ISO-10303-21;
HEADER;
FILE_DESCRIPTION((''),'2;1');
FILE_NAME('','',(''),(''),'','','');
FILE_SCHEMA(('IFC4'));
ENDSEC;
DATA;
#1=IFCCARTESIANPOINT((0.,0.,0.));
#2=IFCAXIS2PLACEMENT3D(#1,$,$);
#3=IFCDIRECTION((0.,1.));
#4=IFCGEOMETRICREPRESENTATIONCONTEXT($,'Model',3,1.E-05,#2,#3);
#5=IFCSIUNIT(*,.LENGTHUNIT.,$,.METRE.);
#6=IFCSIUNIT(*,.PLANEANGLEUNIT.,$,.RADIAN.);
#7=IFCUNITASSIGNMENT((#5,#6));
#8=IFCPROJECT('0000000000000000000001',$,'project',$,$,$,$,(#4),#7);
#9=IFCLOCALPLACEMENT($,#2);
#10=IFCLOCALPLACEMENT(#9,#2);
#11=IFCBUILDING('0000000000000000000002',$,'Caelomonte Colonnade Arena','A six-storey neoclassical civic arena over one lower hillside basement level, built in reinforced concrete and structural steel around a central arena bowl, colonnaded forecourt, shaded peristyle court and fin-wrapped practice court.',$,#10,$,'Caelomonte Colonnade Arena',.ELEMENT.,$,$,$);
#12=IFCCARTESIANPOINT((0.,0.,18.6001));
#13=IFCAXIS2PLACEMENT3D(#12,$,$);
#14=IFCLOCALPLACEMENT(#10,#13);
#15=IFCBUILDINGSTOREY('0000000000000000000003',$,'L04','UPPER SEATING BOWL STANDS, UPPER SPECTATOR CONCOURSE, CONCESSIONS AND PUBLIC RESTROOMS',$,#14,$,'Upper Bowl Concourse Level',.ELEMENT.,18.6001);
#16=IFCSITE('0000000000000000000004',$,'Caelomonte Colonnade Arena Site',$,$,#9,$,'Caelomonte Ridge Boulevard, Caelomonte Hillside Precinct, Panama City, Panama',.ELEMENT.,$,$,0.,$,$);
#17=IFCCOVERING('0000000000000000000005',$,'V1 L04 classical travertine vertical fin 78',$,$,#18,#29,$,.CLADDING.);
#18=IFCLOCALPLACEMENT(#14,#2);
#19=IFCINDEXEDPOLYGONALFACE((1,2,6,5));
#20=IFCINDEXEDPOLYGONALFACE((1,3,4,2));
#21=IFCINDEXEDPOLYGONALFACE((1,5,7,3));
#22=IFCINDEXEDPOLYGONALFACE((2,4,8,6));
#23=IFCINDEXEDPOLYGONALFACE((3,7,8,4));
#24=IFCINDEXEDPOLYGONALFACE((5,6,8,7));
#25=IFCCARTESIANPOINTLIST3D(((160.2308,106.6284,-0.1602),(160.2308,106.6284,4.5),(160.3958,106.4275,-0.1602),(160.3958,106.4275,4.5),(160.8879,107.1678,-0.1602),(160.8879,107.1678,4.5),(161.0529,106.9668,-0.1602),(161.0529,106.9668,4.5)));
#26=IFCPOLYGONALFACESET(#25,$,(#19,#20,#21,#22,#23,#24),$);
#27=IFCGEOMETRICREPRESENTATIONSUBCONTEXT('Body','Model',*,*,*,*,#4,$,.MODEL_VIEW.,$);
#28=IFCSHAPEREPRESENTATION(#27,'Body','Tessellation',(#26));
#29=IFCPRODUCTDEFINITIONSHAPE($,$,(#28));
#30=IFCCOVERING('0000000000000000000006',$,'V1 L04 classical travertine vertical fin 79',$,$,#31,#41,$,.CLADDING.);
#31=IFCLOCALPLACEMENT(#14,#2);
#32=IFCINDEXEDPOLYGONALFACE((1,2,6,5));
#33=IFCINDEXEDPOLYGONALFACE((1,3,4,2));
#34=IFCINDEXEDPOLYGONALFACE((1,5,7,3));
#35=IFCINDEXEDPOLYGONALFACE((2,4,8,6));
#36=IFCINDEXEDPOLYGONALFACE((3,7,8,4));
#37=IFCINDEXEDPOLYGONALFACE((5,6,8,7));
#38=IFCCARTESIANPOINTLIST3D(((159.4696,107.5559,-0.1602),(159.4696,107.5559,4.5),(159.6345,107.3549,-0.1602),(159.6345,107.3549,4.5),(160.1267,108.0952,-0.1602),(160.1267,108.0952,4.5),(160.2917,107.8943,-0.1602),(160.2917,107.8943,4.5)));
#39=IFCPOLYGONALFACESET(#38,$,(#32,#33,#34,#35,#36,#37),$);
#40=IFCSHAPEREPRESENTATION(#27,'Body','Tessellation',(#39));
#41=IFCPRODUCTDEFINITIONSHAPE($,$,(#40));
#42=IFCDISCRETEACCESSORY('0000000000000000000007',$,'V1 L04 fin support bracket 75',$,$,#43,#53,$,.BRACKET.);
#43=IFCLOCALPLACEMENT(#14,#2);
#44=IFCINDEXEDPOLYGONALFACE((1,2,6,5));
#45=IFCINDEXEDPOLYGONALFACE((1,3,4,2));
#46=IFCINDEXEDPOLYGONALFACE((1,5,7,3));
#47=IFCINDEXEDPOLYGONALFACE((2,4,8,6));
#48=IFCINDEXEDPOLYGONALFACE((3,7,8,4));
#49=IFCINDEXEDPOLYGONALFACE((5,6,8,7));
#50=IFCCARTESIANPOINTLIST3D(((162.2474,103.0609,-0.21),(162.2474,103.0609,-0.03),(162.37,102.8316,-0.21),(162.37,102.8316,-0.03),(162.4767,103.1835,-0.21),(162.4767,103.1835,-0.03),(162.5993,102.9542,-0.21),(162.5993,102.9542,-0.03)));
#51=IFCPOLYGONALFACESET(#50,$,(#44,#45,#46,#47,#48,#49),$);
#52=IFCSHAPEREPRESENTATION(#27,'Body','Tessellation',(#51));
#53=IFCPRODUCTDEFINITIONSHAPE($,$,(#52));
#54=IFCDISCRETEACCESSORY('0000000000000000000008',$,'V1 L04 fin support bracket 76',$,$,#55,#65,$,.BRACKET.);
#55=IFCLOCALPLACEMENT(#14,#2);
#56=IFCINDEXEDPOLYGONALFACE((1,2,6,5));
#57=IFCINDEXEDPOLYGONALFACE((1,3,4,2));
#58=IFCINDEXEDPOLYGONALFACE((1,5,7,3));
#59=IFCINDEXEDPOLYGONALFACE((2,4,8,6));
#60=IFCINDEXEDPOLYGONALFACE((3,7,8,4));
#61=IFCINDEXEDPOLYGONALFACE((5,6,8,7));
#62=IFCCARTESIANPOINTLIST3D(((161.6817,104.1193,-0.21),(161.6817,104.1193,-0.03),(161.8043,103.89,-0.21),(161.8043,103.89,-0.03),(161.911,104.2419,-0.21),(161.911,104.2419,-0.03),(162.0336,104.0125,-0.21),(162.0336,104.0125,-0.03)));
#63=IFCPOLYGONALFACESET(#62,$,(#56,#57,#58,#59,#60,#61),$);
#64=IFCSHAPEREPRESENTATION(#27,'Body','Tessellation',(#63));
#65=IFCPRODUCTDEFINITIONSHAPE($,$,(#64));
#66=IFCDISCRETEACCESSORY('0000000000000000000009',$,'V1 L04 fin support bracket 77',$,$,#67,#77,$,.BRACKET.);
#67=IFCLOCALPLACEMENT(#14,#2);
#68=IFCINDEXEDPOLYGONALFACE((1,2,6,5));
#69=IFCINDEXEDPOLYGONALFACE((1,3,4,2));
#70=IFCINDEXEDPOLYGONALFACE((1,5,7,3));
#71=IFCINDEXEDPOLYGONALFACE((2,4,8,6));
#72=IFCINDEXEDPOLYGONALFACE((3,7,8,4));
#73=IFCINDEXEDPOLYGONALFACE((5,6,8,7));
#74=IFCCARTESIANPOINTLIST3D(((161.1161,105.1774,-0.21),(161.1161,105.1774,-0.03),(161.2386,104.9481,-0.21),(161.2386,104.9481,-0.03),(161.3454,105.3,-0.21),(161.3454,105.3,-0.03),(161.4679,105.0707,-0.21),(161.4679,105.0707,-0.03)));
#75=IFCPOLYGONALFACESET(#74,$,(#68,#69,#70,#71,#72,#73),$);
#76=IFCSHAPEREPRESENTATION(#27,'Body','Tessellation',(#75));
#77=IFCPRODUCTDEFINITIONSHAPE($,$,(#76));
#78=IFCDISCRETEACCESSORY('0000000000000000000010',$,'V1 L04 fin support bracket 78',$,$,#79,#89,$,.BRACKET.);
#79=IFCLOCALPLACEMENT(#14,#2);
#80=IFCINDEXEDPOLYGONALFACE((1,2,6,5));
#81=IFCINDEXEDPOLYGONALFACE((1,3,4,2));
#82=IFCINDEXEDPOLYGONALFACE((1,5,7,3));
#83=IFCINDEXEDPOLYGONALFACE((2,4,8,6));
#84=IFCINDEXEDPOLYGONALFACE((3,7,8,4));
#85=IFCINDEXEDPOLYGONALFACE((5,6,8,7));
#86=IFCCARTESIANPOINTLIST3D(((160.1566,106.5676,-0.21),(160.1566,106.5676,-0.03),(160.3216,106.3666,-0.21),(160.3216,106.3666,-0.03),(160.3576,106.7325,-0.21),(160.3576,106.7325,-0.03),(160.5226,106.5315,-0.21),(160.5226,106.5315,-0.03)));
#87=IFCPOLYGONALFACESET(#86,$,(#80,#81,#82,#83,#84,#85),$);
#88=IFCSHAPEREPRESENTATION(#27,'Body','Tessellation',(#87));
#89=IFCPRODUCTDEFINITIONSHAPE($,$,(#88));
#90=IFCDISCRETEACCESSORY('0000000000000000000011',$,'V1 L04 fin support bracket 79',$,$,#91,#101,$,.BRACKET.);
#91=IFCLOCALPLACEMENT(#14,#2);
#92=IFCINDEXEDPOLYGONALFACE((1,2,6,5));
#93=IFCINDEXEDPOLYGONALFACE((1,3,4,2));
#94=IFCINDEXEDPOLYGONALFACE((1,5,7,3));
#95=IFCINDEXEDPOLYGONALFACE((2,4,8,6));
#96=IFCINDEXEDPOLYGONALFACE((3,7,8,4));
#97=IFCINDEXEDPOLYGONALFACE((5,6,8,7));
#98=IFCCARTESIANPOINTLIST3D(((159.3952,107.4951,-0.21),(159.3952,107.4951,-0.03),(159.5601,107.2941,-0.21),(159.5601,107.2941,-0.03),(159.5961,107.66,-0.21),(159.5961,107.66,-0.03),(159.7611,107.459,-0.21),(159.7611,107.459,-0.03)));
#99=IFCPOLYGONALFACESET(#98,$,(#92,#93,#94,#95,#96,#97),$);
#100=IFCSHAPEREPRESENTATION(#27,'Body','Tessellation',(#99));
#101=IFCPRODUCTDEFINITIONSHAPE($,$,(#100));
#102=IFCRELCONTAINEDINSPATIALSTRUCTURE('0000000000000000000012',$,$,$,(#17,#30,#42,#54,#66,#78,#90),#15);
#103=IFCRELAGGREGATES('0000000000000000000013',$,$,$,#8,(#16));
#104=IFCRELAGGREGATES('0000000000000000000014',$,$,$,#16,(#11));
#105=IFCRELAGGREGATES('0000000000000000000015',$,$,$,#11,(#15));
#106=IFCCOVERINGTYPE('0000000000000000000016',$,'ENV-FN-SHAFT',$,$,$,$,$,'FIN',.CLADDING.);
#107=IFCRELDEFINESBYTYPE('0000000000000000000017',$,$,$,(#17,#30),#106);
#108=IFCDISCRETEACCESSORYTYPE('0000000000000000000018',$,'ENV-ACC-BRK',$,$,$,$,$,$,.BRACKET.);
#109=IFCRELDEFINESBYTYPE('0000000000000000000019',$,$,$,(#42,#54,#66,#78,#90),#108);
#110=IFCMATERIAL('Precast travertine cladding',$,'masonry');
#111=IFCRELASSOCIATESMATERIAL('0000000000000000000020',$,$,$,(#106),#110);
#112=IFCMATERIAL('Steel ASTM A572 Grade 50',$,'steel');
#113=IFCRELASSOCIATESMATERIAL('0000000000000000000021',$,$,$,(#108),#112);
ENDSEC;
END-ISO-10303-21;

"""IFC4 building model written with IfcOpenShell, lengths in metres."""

from ifc_helpers import new_model, si_unit, direction, frame, origin, origin_2d, place, context, subcontext, project, spatial, rectangle, extrude, material, material_profile, profile_set, type_object, element, save


model = new_model("IFC4")

# Units and contexts
model_context = context("Model", 3, precision=1e-05, world=origin(), true_north=direction((0.0, 1.0)))
body_context = subcontext(model_context, "Body", "Model", "MODEL_VIEW")
ifc_project = project(units=[si_unit("LENGTHUNIT", "METRE"), si_unit("PLANEANGLEUNIT", "RADIAN")], contexts=[model_context])

# Site, building, storey
site_placement = place(None, origin())
site = spatial("IfcSite", under=ifc_project, at=site_placement, Name="Caelomonte Colonnade Arena Site", LongName="Caelomonte Ridge Boulevard, Caelomonte Hillside Precinct, Panama City, Panama", CompositionType="ELEMENT", RefElevation=0.0)
building_placement = place(site_placement, origin())
building = spatial("IfcBuilding", under=site, at=building_placement, Name="Caelomonte Colonnade Arena", Description="A six-storey neoclassical civic arena over one lower hillside basement level, built in reinforced concrete and structural steel around a central arena bowl, colonnaded forecourt, shaded peristyle court and fin-wrapped practice court.", LongName="Caelomonte Colonnade Arena", CompositionType="ELEMENT")
storey_placement = place(building_placement, frame((0.0, 0.0, 18.6001)))
storey = spatial("IfcBuildingStorey", under=building, at=storey_placement, Name="L04", Description="UPPER SEATING BOWL STANDS, UPPER SPECTATOR CONCOURSE, CONCESSIONS AND PUBLIC RESTROOMS", LongName="Upper Bowl Concourse Level", CompositionType="ELEMENT", Elevation=18.6001)

# Coverings
ifc_material_1 = material(Name="Precast travertine cladding", Category="masonry")
ifc_material_profile_1 = material_profile(ifc_material_1, rectangle(XDim=0.26, YDim=0.8501, at=origin_2d()), Name="FIN260X850")
ifc_profile_set_1 = profile_set([ifc_material_profile_1], Name="Precast travertine cladding")
covering_type = type_object("IfcCoveringType", Name="ENV-FN-SHAFT", ElementType="FIN", PredefinedType="CLADDING", material=ifc_profile_set_1)
for number, where, z_axis, x_axis, name in (
    (1, (160.6418, 106.7976, -0.1602), (0.0, 0.0, 1.0), (0.634414, -0.772994, 0.0), "V1 L04 classical travertine vertical fin 78"),
    (2, (159.8806, 107.7251, -0.1602), (0.0, 0.0, 1.0), (0.634414, -0.772994, 0.0), "V1 L04 classical travertine vertical fin 79"),
):
    element("IfcCovering", number, at=place(storey_placement, frame(where, z_axis=z_axis, x_axis=x_axis)), inside=storey, type_object=covering_type, Name=name, PredefinedType="CLADDING", context=body_context, shape_type="SweptSolid", body=[
        extrude(rectangle(XDim=0.26, YDim=0.8501, at=origin_2d()), origin(), (0.0, 0.0, 1.0), 4.6602),
    ])

# Discrete accessories
ifc_material_2 = material(Name="Steel ASTM A572 Grade 50", Category="steel")
discrete_accessory_type = type_object("IfcDiscreteAccessoryType", Name="ENV-ACC-BRK", PredefinedType="BRACKET", material=ifc_material_2)
for number, where, z_axis, x_axis, name in (
    (3, (162.4233, 103.0076, -0.21), (0.0, 0.0, 1.0), (-0.471397, 0.881921, 0.0), "V1 L04 fin support bracket 75"),
    (4, (161.8577, 104.0659, -0.21), (0.0, 0.0, 1.0), (-0.471397, 0.881921, 0.0), "V1 L04 fin support bracket 76"),
    (5, (161.292, 105.124, -0.21), (0.0, 0.0, 1.0), (-0.471397, 0.881921, 0.0), "V1 L04 fin support bracket 77"),
    (6, (160.3396, 106.5496, -0.21), (0.0, 0.0, 1.0), (-0.634414, 0.772994, 0.0), "V1 L04 fin support bracket 78"),
    (7, (159.5781, 107.4771, -0.21), (0.0, 0.0, 1.0), (-0.634414, 0.772994, 0.0), "V1 L04 fin support bracket 79"),
):
    element("IfcDiscreteAccessory", number, at=place(storey_placement, frame(where, z_axis=z_axis, x_axis=x_axis)), inside=storey, type_object=discrete_accessory_type, Name=name, PredefinedType="BRACKET", context=body_context, shape_type="SweptSolid", body=[
        extrude(rectangle(XDim=0.26, YDim=0.26, at=origin_2d()), origin(), (0.0, 0.0, 1.0), 0.1799),
    ])

save(model, "model.ifc")
